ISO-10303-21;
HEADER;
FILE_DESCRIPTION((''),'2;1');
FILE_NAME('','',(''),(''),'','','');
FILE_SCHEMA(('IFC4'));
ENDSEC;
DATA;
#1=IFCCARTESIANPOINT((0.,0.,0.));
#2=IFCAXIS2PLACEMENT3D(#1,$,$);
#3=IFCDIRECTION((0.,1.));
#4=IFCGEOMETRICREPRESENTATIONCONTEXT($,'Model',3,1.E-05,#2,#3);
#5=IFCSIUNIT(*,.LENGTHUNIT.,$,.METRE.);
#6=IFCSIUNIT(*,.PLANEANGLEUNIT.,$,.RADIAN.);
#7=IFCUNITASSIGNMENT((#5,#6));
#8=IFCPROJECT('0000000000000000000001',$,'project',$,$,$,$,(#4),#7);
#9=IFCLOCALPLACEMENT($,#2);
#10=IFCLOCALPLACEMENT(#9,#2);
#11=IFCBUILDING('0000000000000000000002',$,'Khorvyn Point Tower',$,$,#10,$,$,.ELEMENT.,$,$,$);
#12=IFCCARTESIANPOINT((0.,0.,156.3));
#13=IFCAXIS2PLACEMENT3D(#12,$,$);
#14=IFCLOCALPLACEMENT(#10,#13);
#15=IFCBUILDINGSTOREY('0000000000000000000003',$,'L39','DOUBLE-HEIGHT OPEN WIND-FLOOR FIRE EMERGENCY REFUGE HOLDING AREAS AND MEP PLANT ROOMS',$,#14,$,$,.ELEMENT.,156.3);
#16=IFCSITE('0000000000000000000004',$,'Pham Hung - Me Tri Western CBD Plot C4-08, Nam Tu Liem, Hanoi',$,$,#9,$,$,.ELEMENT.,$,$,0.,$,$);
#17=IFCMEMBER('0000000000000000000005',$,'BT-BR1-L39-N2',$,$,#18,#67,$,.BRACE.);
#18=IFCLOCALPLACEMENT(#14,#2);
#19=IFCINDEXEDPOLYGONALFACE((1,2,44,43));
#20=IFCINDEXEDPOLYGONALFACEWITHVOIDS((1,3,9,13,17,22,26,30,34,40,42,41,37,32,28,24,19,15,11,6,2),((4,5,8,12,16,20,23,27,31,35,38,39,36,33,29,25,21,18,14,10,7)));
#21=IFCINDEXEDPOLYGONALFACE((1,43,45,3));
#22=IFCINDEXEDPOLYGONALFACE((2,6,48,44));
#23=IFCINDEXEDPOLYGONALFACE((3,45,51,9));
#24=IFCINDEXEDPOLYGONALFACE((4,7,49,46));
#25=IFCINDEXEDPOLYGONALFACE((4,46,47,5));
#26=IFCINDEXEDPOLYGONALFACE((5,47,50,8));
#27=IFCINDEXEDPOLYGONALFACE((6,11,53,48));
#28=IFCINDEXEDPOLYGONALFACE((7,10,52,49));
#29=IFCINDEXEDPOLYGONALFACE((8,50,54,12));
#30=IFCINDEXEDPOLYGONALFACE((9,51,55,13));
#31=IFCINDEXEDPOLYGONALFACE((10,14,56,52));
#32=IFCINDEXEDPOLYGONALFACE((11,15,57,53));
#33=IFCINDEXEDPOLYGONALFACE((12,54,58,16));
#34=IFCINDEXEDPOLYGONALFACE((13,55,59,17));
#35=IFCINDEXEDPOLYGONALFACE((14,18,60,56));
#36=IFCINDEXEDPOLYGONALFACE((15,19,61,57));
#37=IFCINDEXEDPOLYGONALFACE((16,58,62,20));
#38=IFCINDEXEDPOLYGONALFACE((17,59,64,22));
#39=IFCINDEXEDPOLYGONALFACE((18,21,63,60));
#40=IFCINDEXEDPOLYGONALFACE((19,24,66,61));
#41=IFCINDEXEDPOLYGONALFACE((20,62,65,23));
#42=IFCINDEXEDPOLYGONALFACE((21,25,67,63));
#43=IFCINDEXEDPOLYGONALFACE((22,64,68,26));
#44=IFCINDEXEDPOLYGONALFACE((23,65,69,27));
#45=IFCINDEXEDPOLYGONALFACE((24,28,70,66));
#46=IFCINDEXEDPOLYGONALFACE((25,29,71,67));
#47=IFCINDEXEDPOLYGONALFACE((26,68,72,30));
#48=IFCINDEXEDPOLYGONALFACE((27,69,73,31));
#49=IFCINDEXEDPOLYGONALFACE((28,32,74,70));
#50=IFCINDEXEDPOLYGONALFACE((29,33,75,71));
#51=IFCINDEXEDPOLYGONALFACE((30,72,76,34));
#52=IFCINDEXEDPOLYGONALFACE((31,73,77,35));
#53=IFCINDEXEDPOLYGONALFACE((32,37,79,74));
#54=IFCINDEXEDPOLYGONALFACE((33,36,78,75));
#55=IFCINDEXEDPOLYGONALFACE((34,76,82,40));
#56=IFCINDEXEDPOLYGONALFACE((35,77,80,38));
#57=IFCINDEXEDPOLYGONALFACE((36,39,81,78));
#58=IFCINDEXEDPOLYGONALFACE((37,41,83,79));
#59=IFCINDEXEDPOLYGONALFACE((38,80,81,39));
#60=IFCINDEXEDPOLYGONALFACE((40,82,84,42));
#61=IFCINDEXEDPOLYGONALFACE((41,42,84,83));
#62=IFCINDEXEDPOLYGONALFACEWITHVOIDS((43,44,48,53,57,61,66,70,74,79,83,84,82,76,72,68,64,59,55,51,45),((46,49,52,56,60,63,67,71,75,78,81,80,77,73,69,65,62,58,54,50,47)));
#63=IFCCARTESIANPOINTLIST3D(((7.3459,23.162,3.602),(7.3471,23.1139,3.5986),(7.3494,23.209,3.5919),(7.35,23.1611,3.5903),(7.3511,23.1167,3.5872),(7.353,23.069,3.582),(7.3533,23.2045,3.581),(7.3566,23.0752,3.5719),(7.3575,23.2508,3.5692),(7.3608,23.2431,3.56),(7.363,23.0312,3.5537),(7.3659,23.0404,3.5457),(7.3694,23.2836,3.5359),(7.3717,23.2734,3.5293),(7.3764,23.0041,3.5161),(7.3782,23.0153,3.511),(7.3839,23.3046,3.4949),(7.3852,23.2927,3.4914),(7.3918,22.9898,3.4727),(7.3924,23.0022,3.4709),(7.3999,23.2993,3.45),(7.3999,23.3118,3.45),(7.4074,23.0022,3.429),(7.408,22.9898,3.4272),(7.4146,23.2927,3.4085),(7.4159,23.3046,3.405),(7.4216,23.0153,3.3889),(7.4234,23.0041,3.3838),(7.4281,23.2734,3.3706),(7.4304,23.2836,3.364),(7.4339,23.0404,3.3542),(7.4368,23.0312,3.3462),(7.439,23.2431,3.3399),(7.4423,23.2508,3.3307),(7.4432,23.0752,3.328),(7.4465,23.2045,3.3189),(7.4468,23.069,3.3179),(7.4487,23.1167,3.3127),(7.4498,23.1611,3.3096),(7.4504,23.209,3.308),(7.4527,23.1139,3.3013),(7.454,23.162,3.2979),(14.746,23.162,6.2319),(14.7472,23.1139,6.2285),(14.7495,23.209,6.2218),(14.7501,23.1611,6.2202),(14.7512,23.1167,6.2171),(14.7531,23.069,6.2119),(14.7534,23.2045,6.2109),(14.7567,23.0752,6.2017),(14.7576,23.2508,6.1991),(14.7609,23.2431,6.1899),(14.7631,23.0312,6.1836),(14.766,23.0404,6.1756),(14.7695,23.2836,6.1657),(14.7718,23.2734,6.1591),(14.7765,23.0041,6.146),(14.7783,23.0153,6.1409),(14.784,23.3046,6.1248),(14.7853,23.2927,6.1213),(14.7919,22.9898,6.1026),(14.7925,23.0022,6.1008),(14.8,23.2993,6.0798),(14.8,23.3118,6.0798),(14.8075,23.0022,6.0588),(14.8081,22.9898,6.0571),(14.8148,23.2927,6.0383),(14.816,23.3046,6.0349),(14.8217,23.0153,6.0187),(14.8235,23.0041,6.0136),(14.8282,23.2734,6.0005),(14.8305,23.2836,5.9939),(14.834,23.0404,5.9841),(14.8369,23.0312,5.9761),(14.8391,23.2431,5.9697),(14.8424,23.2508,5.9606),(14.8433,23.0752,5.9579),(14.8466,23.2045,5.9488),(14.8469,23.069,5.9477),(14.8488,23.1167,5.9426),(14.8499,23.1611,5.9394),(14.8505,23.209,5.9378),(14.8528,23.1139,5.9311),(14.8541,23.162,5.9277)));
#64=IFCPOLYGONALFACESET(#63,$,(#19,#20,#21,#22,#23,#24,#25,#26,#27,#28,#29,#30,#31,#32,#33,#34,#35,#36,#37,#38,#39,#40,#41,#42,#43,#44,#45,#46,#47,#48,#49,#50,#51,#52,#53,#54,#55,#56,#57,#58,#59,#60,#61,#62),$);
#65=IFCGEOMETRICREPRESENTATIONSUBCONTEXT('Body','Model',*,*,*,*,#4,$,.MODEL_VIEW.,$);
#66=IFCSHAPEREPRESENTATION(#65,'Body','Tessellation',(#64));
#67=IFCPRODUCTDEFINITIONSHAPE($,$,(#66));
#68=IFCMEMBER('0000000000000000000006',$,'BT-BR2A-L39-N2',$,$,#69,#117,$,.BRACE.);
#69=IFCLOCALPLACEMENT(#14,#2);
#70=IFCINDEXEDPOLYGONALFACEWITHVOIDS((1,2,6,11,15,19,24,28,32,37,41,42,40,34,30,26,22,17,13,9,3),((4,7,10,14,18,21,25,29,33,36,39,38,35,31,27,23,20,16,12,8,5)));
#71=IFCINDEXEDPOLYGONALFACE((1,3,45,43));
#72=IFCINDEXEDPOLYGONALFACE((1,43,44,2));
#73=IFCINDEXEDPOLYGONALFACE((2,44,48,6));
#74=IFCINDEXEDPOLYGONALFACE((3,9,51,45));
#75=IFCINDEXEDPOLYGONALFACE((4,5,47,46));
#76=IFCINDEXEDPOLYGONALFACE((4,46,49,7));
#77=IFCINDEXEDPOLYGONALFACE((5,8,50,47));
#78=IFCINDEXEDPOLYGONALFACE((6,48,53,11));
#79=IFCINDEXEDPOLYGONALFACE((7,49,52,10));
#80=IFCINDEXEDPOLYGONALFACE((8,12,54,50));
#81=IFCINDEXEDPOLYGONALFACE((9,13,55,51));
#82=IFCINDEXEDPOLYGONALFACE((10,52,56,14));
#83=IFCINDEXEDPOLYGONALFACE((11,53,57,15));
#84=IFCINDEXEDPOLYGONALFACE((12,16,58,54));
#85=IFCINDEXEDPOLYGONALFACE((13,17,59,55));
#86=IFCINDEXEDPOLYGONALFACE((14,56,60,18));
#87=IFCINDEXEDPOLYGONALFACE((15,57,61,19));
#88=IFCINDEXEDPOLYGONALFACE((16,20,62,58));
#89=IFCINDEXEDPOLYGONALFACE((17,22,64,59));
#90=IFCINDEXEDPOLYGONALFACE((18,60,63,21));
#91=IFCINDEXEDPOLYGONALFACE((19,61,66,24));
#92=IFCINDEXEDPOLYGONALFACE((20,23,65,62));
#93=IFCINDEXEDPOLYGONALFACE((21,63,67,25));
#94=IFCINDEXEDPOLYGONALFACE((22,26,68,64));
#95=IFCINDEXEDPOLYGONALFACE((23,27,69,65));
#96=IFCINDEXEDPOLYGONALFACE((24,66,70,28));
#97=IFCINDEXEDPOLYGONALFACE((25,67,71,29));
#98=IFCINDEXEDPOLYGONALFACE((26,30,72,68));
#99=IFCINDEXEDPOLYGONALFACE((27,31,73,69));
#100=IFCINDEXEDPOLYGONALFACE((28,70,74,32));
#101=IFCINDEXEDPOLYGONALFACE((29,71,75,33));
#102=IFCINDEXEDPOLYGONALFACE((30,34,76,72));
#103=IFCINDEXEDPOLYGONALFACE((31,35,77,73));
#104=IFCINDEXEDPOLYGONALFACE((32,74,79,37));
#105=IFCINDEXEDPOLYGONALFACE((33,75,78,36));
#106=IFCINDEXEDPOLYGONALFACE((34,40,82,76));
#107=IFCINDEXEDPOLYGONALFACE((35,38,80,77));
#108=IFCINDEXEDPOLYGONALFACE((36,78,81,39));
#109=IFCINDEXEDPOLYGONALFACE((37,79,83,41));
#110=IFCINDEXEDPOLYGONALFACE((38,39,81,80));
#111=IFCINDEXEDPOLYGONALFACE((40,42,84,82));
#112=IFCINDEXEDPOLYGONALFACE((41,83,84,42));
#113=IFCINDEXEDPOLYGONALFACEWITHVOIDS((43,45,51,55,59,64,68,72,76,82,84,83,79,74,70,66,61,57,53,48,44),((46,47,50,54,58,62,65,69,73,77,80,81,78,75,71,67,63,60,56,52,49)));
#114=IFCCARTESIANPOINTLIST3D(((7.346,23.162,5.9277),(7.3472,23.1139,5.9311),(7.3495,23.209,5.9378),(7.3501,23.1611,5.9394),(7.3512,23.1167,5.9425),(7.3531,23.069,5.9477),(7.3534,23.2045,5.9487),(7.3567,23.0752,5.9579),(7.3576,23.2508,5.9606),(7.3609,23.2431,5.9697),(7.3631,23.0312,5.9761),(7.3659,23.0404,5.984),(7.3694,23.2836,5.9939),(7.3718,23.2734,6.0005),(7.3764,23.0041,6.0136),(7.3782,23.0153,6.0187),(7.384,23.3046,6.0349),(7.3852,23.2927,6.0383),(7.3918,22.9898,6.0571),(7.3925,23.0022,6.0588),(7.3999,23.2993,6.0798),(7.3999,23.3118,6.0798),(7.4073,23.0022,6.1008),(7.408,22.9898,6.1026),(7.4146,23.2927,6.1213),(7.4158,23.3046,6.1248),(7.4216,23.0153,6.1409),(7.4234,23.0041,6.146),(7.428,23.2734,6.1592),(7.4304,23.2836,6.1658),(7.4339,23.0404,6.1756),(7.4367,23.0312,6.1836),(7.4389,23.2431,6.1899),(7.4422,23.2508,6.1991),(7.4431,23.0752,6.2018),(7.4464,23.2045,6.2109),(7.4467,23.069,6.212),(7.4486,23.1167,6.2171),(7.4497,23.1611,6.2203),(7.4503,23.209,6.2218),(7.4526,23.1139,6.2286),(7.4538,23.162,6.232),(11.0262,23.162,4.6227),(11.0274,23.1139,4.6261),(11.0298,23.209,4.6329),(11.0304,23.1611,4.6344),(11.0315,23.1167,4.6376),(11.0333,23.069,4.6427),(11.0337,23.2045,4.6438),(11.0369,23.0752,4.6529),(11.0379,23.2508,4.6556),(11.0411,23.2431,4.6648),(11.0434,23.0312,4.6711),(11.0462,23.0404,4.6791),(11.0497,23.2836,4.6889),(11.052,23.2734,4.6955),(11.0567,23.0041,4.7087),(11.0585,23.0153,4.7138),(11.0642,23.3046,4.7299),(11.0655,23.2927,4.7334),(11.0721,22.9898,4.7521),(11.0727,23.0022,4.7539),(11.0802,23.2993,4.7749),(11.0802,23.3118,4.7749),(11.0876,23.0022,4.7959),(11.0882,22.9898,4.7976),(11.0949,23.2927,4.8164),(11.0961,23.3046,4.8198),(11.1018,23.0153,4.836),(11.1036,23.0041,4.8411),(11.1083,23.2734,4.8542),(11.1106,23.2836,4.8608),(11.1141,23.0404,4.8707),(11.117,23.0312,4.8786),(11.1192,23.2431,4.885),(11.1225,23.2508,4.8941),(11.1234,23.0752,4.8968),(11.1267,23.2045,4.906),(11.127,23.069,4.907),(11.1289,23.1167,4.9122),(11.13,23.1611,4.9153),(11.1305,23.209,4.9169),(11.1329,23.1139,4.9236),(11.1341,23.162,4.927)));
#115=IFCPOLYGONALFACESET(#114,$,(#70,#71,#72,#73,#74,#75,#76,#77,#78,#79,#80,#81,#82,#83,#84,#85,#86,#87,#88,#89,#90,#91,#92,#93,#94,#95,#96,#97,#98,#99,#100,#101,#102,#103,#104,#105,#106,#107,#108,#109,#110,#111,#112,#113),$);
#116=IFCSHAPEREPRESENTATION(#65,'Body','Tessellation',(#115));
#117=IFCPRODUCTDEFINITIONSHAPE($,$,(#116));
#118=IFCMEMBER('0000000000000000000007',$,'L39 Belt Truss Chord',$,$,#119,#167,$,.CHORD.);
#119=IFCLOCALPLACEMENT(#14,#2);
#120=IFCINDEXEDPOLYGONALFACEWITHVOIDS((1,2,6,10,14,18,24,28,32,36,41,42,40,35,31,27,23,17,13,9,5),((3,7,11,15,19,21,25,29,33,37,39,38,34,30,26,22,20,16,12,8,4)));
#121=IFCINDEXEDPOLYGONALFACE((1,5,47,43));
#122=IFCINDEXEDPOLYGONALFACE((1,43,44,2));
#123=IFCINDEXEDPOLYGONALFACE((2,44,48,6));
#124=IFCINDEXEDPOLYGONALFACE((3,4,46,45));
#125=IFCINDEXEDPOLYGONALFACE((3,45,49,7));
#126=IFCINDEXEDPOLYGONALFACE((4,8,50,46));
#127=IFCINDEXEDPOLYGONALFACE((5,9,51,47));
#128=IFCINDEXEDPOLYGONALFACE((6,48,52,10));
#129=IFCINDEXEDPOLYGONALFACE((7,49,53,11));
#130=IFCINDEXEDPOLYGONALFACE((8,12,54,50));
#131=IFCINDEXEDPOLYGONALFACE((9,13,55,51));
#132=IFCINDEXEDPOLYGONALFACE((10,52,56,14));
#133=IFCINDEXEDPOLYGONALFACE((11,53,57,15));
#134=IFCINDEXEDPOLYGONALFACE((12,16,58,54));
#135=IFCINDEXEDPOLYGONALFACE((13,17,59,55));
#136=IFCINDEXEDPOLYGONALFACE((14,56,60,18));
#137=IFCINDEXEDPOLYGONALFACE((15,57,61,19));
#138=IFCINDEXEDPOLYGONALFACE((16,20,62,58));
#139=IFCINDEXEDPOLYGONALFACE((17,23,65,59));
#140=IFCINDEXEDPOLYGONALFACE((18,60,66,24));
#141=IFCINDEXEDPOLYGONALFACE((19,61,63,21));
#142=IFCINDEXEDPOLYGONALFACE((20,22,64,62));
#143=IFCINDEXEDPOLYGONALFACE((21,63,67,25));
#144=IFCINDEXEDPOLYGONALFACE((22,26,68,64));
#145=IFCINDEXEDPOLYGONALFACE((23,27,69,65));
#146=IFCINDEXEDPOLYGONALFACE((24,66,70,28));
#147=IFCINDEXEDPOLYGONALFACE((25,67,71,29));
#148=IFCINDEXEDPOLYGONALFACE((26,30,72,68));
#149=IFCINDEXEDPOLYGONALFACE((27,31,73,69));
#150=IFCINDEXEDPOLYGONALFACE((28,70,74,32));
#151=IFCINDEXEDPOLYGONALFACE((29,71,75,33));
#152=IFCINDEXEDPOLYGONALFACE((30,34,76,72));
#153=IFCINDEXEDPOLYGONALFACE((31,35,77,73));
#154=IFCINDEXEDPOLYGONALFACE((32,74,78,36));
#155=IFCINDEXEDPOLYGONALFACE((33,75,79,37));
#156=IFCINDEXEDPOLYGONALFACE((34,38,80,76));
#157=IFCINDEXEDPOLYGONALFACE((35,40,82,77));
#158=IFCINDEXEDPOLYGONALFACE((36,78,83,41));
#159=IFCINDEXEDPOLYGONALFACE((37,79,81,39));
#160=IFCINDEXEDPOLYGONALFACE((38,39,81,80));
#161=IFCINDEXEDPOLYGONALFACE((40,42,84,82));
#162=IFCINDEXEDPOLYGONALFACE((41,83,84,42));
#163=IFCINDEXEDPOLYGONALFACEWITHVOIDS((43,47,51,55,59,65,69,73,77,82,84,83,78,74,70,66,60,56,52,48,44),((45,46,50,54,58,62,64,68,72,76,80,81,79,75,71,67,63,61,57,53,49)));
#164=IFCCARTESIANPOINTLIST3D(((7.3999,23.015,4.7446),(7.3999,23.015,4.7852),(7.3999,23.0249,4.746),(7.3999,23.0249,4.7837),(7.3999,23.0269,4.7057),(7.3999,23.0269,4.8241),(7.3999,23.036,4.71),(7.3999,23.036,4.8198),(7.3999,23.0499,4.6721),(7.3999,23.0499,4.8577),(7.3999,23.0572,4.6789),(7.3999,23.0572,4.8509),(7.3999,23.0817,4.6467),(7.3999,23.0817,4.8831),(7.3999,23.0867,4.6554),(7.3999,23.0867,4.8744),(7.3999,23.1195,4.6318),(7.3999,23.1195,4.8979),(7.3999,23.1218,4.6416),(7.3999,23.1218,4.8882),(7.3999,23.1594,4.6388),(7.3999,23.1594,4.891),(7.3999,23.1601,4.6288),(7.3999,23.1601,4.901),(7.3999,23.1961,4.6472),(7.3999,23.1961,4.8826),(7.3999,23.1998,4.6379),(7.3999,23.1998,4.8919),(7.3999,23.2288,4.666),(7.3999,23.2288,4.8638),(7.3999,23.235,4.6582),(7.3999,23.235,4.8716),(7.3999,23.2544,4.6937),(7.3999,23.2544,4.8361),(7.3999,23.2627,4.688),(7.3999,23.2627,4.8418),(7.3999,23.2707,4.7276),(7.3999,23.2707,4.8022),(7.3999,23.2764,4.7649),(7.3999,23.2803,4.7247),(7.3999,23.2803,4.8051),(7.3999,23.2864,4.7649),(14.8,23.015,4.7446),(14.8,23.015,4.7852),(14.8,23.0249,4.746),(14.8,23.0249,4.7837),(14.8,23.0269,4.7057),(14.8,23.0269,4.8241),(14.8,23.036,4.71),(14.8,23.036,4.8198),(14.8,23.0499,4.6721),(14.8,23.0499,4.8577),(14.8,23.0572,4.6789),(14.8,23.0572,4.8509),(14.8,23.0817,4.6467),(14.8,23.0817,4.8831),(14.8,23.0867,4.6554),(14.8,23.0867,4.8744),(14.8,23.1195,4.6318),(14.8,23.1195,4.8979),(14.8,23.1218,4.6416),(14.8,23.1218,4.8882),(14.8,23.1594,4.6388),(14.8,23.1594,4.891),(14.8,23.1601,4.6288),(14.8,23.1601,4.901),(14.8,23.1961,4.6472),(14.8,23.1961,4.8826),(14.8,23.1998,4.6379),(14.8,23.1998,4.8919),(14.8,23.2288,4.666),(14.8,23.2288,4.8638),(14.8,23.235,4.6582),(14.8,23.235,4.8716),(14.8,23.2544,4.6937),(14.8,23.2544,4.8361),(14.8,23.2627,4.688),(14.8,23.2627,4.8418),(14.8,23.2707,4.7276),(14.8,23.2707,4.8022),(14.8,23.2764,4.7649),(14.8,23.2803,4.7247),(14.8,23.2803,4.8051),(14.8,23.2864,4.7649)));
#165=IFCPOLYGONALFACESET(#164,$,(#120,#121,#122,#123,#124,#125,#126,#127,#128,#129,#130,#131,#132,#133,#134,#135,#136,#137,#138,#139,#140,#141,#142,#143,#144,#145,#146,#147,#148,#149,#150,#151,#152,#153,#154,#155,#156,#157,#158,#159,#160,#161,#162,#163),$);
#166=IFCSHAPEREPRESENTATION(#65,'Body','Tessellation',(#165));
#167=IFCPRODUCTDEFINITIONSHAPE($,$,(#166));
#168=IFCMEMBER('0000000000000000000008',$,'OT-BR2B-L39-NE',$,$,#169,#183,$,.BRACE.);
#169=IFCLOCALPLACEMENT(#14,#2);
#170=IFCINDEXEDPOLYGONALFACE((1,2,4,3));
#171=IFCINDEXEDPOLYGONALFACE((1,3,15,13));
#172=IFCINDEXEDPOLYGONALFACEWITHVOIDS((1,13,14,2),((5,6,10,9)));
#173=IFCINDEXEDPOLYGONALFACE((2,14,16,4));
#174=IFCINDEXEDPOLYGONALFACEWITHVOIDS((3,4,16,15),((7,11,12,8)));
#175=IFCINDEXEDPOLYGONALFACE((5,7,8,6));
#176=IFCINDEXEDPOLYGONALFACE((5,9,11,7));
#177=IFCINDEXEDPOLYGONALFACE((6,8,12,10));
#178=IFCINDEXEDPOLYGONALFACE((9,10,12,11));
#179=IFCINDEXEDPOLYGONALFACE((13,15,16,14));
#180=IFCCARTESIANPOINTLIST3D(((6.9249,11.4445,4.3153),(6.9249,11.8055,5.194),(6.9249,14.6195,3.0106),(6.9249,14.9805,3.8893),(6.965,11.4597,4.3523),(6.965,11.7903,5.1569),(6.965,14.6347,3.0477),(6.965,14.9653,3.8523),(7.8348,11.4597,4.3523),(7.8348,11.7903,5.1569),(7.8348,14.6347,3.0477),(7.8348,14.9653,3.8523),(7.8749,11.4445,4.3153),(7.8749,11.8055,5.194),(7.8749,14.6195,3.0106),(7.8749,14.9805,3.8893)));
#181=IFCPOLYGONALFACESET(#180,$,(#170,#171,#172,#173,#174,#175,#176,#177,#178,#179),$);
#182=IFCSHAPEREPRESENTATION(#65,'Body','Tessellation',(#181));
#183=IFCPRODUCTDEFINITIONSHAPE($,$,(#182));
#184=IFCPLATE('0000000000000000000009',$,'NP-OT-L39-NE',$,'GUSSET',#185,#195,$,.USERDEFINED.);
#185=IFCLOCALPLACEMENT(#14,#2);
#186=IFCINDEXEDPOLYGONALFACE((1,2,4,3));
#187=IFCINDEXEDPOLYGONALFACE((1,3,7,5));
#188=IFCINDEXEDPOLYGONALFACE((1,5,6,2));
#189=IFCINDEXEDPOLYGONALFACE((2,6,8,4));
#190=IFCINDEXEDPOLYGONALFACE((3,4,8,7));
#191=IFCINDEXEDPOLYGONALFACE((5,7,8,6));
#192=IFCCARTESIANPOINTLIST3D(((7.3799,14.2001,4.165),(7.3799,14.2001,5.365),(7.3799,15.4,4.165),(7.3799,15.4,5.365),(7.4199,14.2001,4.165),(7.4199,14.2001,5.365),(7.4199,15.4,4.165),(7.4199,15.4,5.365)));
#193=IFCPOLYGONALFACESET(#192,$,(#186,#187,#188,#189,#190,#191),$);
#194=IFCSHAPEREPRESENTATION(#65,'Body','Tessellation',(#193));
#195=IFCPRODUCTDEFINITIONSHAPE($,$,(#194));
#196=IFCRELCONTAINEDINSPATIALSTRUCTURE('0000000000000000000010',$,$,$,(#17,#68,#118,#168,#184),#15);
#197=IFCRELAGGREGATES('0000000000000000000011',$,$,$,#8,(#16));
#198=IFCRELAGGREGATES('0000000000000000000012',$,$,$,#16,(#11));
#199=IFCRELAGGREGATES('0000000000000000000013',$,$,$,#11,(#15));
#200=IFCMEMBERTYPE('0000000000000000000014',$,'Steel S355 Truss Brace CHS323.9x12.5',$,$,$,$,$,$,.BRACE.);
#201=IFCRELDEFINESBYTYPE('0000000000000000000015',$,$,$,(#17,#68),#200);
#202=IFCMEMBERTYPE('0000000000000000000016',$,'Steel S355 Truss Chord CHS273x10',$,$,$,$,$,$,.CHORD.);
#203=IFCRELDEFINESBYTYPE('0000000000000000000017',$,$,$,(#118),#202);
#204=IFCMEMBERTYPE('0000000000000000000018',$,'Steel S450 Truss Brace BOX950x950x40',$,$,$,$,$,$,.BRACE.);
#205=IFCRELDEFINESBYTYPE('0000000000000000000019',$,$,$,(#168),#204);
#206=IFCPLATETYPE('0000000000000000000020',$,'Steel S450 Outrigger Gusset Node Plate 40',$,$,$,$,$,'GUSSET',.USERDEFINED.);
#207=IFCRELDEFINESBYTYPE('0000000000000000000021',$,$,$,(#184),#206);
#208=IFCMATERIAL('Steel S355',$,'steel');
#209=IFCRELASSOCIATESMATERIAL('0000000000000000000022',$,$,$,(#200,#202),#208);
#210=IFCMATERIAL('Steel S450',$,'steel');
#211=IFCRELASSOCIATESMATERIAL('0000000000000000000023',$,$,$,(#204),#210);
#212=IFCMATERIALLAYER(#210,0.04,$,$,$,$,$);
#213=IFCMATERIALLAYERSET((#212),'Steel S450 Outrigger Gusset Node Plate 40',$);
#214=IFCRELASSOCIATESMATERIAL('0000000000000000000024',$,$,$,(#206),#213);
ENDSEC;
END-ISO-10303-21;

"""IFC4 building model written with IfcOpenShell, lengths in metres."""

from ifc_helpers import new_model, si_unit, direction, frame, origin, origin_2d, place, context, subcontext, project, spatial, rectangle, hollow_rectangle, hollow_circle, extrude, material, layer, layer_set, material_profile, profile_set, type_object, element, save


model = new_model("IFC4")

# Units and contexts
model_context = context("Model", 3, precision=1e-05, world=origin(), true_north=direction((0.0, 1.0)))
body_context = subcontext(model_context, "Body", "Model", "MODEL_VIEW")
ifc_project = project(units=[si_unit("LENGTHUNIT", "METRE"), si_unit("PLANEANGLEUNIT", "RADIAN")], contexts=[model_context])

# Site, building, storey
site_placement = place(None, origin())
site = spatial("IfcSite", under=ifc_project, at=site_placement, Name="Pham Hung - Me Tri Western CBD Plot C4-08, Nam Tu Liem, Hanoi", CompositionType="ELEMENT", RefElevation=0.0)
building_placement = place(site_placement, origin())
building = spatial("IfcBuilding", under=site, at=building_placement, Name="Khorvyn Point Tower", CompositionType="ELEMENT")
storey_placement = place(building_placement, frame((0.0, 0.0, 156.3)))
storey = spatial("IfcBuildingStorey", under=building, at=storey_placement, Name="L39", Description="DOUBLE-HEIGHT OPEN WIND-FLOOR FIRE EMERGENCY REFUGE HOLDING AREAS AND MEP PLANT ROOMS", CompositionType="ELEMENT", Elevation=156.3)

# Shared definitions
ifc_material_1 = material(Name="Steel S450", Category="steel")

# Shared definitions
ifc_material_2 = material(Name="Steel S355", Category="steel")

# Members
ifc_material_profile_1 = material_profile(ifc_material_2, hollow_circle(Radius=0.1619, WallThickness=0.0125, at=origin_2d()))
ifc_profile_set_1 = profile_set([ifc_material_profile_1], Name="Steel S355 CHS323.9x12.5")
member_type_1 = type_object("IfcMemberType", Name="Steel S355 Truss Brace CHS323.9x12.5", PredefinedType="BRACE", material=ifc_profile_set_1)
member_1_placement = place(storey_placement, frame((7.3999, 23.1499, 3.45), z_axis=(0.942266, 0.0, 0.334865), x_axis=(0.0, 1.0, 0.0)))
element("IfcMember", 1, at=member_1_placement, inside=storey, type_object=member_type_1, Name="BT-BR1-L39-N2", PredefinedType="BRACE", context=body_context, shape_type="SweptSolid", body=[
    extrude(hollow_circle(Radius=0.1619, WallThickness=0.0125, at=origin_2d()), origin(), (0.0, 0.0, 1.0), 7.8535),
])
member_2_placement = place(storey_placement, frame((7.3999, 23.1499, 6.0798), z_axis=(0.942503, 0.0, -0.334197), x_axis=(0.0, 1.0, 0.0)))
element("IfcMember", 2, at=member_2_placement, inside=storey, type_object=member_type_1, Name="BT-BR2A-L39-N2", PredefinedType="BRACE", context=body_context, shape_type="SweptSolid", body=[
    extrude(hollow_circle(Radius=0.1619, WallThickness=0.0125, at=origin_2d()), origin(), (0.0, 0.0, 1.0), 3.9048),
])
ifc_material_profile_2 = material_profile(ifc_material_2, hollow_circle(Radius=0.1365, WallThickness=0.01, at=origin_2d()))
ifc_profile_set_2 = profile_set([ifc_material_profile_2], Name="Steel S355 CHS273x10")
member_type_2 = type_object("IfcMemberType", Name="Steel S355 Truss Chord CHS273x10", PredefinedType="CHORD", material=ifc_profile_set_2)
member_3_placement = place(storey_placement, frame((7.3999, 23.1499, 4.7649), z_axis=(1.0, 0.0, 0.0), x_axis=(0.0, 1.0, 0.0)))
element("IfcMember", 3, at=member_3_placement, inside=storey, type_object=member_type_2, Name="L39 Belt Truss Chord", PredefinedType="CHORD", context=body_context, shape_type="SweptSolid", body=[
    extrude(hollow_circle(Radius=0.1365, WallThickness=0.01, at=origin_2d()), origin(), (0.0, 0.0, 1.0), 7.4001),
])
ifc_material_profile_3 = material_profile(ifc_material_1, hollow_rectangle(XDim=0.95, YDim=0.95, WallThickness=0.04, at=origin_2d()))
ifc_profile_set_3 = profile_set([ifc_material_profile_3], Name="Steel S450 BOX950x950x40")
member_type_3 = type_object("IfcMemberType", Name="Steel S450 Truss Brace BOX950x950x40", PredefinedType="BRACE", material=ifc_profile_set_3)
member_4_placement = place(storey_placement, frame((7.3999, 11.625, 4.7546), z_axis=(0.0, 0.924953, -0.380081), x_axis=(-1.0, 0.0, 0.0)))
element("IfcMember", 4, at=member_4_placement, inside=storey, type_object=member_type_3, Name="OT-BR2B-L39-NE", PredefinedType="BRACE", context=body_context, shape_type="SweptSolid", body=[
    extrude(hollow_rectangle(XDim=0.95, YDim=0.95, WallThickness=0.04, at=origin_2d()), origin(), (0.0, 0.0, 1.0), 3.4326),
])

# Plate
ifc_layer_1 = layer(ifc_material_1, 0.04)
ifc_layer_set_1 = layer_set([ifc_layer_1], Name="Steel S450 Outrigger Gusset Node Plate 40")
plate_type = type_object("IfcPlateType", Name="Steel S450 Outrigger Gusset Node Plate 40", ElementType="GUSSET", PredefinedType="USERDEFINED", material=ifc_layer_set_1)
for number, where, z_axis, x_axis, name in (
    (5, (7.3999, 14.8, 4.165), (0.0, 0.0, 1.0), (1.0, 0.0, 0.0), "NP-OT-L39-NE"),
):
    element("IfcPlate", number, at=place(storey_placement, frame(where, z_axis=z_axis, x_axis=x_axis)), inside=storey, type_object=plate_type, Name=name, ObjectType="GUSSET", PredefinedType="USERDEFINED", context=body_context, shape_type="SweptSolid", body=[
        extrude(rectangle(XDim=0.04, YDim=1.2, at=origin_2d()), origin(), (0.0, 0.0, 1.0), 1.2),
    ])

save(model, "model.ifc")
